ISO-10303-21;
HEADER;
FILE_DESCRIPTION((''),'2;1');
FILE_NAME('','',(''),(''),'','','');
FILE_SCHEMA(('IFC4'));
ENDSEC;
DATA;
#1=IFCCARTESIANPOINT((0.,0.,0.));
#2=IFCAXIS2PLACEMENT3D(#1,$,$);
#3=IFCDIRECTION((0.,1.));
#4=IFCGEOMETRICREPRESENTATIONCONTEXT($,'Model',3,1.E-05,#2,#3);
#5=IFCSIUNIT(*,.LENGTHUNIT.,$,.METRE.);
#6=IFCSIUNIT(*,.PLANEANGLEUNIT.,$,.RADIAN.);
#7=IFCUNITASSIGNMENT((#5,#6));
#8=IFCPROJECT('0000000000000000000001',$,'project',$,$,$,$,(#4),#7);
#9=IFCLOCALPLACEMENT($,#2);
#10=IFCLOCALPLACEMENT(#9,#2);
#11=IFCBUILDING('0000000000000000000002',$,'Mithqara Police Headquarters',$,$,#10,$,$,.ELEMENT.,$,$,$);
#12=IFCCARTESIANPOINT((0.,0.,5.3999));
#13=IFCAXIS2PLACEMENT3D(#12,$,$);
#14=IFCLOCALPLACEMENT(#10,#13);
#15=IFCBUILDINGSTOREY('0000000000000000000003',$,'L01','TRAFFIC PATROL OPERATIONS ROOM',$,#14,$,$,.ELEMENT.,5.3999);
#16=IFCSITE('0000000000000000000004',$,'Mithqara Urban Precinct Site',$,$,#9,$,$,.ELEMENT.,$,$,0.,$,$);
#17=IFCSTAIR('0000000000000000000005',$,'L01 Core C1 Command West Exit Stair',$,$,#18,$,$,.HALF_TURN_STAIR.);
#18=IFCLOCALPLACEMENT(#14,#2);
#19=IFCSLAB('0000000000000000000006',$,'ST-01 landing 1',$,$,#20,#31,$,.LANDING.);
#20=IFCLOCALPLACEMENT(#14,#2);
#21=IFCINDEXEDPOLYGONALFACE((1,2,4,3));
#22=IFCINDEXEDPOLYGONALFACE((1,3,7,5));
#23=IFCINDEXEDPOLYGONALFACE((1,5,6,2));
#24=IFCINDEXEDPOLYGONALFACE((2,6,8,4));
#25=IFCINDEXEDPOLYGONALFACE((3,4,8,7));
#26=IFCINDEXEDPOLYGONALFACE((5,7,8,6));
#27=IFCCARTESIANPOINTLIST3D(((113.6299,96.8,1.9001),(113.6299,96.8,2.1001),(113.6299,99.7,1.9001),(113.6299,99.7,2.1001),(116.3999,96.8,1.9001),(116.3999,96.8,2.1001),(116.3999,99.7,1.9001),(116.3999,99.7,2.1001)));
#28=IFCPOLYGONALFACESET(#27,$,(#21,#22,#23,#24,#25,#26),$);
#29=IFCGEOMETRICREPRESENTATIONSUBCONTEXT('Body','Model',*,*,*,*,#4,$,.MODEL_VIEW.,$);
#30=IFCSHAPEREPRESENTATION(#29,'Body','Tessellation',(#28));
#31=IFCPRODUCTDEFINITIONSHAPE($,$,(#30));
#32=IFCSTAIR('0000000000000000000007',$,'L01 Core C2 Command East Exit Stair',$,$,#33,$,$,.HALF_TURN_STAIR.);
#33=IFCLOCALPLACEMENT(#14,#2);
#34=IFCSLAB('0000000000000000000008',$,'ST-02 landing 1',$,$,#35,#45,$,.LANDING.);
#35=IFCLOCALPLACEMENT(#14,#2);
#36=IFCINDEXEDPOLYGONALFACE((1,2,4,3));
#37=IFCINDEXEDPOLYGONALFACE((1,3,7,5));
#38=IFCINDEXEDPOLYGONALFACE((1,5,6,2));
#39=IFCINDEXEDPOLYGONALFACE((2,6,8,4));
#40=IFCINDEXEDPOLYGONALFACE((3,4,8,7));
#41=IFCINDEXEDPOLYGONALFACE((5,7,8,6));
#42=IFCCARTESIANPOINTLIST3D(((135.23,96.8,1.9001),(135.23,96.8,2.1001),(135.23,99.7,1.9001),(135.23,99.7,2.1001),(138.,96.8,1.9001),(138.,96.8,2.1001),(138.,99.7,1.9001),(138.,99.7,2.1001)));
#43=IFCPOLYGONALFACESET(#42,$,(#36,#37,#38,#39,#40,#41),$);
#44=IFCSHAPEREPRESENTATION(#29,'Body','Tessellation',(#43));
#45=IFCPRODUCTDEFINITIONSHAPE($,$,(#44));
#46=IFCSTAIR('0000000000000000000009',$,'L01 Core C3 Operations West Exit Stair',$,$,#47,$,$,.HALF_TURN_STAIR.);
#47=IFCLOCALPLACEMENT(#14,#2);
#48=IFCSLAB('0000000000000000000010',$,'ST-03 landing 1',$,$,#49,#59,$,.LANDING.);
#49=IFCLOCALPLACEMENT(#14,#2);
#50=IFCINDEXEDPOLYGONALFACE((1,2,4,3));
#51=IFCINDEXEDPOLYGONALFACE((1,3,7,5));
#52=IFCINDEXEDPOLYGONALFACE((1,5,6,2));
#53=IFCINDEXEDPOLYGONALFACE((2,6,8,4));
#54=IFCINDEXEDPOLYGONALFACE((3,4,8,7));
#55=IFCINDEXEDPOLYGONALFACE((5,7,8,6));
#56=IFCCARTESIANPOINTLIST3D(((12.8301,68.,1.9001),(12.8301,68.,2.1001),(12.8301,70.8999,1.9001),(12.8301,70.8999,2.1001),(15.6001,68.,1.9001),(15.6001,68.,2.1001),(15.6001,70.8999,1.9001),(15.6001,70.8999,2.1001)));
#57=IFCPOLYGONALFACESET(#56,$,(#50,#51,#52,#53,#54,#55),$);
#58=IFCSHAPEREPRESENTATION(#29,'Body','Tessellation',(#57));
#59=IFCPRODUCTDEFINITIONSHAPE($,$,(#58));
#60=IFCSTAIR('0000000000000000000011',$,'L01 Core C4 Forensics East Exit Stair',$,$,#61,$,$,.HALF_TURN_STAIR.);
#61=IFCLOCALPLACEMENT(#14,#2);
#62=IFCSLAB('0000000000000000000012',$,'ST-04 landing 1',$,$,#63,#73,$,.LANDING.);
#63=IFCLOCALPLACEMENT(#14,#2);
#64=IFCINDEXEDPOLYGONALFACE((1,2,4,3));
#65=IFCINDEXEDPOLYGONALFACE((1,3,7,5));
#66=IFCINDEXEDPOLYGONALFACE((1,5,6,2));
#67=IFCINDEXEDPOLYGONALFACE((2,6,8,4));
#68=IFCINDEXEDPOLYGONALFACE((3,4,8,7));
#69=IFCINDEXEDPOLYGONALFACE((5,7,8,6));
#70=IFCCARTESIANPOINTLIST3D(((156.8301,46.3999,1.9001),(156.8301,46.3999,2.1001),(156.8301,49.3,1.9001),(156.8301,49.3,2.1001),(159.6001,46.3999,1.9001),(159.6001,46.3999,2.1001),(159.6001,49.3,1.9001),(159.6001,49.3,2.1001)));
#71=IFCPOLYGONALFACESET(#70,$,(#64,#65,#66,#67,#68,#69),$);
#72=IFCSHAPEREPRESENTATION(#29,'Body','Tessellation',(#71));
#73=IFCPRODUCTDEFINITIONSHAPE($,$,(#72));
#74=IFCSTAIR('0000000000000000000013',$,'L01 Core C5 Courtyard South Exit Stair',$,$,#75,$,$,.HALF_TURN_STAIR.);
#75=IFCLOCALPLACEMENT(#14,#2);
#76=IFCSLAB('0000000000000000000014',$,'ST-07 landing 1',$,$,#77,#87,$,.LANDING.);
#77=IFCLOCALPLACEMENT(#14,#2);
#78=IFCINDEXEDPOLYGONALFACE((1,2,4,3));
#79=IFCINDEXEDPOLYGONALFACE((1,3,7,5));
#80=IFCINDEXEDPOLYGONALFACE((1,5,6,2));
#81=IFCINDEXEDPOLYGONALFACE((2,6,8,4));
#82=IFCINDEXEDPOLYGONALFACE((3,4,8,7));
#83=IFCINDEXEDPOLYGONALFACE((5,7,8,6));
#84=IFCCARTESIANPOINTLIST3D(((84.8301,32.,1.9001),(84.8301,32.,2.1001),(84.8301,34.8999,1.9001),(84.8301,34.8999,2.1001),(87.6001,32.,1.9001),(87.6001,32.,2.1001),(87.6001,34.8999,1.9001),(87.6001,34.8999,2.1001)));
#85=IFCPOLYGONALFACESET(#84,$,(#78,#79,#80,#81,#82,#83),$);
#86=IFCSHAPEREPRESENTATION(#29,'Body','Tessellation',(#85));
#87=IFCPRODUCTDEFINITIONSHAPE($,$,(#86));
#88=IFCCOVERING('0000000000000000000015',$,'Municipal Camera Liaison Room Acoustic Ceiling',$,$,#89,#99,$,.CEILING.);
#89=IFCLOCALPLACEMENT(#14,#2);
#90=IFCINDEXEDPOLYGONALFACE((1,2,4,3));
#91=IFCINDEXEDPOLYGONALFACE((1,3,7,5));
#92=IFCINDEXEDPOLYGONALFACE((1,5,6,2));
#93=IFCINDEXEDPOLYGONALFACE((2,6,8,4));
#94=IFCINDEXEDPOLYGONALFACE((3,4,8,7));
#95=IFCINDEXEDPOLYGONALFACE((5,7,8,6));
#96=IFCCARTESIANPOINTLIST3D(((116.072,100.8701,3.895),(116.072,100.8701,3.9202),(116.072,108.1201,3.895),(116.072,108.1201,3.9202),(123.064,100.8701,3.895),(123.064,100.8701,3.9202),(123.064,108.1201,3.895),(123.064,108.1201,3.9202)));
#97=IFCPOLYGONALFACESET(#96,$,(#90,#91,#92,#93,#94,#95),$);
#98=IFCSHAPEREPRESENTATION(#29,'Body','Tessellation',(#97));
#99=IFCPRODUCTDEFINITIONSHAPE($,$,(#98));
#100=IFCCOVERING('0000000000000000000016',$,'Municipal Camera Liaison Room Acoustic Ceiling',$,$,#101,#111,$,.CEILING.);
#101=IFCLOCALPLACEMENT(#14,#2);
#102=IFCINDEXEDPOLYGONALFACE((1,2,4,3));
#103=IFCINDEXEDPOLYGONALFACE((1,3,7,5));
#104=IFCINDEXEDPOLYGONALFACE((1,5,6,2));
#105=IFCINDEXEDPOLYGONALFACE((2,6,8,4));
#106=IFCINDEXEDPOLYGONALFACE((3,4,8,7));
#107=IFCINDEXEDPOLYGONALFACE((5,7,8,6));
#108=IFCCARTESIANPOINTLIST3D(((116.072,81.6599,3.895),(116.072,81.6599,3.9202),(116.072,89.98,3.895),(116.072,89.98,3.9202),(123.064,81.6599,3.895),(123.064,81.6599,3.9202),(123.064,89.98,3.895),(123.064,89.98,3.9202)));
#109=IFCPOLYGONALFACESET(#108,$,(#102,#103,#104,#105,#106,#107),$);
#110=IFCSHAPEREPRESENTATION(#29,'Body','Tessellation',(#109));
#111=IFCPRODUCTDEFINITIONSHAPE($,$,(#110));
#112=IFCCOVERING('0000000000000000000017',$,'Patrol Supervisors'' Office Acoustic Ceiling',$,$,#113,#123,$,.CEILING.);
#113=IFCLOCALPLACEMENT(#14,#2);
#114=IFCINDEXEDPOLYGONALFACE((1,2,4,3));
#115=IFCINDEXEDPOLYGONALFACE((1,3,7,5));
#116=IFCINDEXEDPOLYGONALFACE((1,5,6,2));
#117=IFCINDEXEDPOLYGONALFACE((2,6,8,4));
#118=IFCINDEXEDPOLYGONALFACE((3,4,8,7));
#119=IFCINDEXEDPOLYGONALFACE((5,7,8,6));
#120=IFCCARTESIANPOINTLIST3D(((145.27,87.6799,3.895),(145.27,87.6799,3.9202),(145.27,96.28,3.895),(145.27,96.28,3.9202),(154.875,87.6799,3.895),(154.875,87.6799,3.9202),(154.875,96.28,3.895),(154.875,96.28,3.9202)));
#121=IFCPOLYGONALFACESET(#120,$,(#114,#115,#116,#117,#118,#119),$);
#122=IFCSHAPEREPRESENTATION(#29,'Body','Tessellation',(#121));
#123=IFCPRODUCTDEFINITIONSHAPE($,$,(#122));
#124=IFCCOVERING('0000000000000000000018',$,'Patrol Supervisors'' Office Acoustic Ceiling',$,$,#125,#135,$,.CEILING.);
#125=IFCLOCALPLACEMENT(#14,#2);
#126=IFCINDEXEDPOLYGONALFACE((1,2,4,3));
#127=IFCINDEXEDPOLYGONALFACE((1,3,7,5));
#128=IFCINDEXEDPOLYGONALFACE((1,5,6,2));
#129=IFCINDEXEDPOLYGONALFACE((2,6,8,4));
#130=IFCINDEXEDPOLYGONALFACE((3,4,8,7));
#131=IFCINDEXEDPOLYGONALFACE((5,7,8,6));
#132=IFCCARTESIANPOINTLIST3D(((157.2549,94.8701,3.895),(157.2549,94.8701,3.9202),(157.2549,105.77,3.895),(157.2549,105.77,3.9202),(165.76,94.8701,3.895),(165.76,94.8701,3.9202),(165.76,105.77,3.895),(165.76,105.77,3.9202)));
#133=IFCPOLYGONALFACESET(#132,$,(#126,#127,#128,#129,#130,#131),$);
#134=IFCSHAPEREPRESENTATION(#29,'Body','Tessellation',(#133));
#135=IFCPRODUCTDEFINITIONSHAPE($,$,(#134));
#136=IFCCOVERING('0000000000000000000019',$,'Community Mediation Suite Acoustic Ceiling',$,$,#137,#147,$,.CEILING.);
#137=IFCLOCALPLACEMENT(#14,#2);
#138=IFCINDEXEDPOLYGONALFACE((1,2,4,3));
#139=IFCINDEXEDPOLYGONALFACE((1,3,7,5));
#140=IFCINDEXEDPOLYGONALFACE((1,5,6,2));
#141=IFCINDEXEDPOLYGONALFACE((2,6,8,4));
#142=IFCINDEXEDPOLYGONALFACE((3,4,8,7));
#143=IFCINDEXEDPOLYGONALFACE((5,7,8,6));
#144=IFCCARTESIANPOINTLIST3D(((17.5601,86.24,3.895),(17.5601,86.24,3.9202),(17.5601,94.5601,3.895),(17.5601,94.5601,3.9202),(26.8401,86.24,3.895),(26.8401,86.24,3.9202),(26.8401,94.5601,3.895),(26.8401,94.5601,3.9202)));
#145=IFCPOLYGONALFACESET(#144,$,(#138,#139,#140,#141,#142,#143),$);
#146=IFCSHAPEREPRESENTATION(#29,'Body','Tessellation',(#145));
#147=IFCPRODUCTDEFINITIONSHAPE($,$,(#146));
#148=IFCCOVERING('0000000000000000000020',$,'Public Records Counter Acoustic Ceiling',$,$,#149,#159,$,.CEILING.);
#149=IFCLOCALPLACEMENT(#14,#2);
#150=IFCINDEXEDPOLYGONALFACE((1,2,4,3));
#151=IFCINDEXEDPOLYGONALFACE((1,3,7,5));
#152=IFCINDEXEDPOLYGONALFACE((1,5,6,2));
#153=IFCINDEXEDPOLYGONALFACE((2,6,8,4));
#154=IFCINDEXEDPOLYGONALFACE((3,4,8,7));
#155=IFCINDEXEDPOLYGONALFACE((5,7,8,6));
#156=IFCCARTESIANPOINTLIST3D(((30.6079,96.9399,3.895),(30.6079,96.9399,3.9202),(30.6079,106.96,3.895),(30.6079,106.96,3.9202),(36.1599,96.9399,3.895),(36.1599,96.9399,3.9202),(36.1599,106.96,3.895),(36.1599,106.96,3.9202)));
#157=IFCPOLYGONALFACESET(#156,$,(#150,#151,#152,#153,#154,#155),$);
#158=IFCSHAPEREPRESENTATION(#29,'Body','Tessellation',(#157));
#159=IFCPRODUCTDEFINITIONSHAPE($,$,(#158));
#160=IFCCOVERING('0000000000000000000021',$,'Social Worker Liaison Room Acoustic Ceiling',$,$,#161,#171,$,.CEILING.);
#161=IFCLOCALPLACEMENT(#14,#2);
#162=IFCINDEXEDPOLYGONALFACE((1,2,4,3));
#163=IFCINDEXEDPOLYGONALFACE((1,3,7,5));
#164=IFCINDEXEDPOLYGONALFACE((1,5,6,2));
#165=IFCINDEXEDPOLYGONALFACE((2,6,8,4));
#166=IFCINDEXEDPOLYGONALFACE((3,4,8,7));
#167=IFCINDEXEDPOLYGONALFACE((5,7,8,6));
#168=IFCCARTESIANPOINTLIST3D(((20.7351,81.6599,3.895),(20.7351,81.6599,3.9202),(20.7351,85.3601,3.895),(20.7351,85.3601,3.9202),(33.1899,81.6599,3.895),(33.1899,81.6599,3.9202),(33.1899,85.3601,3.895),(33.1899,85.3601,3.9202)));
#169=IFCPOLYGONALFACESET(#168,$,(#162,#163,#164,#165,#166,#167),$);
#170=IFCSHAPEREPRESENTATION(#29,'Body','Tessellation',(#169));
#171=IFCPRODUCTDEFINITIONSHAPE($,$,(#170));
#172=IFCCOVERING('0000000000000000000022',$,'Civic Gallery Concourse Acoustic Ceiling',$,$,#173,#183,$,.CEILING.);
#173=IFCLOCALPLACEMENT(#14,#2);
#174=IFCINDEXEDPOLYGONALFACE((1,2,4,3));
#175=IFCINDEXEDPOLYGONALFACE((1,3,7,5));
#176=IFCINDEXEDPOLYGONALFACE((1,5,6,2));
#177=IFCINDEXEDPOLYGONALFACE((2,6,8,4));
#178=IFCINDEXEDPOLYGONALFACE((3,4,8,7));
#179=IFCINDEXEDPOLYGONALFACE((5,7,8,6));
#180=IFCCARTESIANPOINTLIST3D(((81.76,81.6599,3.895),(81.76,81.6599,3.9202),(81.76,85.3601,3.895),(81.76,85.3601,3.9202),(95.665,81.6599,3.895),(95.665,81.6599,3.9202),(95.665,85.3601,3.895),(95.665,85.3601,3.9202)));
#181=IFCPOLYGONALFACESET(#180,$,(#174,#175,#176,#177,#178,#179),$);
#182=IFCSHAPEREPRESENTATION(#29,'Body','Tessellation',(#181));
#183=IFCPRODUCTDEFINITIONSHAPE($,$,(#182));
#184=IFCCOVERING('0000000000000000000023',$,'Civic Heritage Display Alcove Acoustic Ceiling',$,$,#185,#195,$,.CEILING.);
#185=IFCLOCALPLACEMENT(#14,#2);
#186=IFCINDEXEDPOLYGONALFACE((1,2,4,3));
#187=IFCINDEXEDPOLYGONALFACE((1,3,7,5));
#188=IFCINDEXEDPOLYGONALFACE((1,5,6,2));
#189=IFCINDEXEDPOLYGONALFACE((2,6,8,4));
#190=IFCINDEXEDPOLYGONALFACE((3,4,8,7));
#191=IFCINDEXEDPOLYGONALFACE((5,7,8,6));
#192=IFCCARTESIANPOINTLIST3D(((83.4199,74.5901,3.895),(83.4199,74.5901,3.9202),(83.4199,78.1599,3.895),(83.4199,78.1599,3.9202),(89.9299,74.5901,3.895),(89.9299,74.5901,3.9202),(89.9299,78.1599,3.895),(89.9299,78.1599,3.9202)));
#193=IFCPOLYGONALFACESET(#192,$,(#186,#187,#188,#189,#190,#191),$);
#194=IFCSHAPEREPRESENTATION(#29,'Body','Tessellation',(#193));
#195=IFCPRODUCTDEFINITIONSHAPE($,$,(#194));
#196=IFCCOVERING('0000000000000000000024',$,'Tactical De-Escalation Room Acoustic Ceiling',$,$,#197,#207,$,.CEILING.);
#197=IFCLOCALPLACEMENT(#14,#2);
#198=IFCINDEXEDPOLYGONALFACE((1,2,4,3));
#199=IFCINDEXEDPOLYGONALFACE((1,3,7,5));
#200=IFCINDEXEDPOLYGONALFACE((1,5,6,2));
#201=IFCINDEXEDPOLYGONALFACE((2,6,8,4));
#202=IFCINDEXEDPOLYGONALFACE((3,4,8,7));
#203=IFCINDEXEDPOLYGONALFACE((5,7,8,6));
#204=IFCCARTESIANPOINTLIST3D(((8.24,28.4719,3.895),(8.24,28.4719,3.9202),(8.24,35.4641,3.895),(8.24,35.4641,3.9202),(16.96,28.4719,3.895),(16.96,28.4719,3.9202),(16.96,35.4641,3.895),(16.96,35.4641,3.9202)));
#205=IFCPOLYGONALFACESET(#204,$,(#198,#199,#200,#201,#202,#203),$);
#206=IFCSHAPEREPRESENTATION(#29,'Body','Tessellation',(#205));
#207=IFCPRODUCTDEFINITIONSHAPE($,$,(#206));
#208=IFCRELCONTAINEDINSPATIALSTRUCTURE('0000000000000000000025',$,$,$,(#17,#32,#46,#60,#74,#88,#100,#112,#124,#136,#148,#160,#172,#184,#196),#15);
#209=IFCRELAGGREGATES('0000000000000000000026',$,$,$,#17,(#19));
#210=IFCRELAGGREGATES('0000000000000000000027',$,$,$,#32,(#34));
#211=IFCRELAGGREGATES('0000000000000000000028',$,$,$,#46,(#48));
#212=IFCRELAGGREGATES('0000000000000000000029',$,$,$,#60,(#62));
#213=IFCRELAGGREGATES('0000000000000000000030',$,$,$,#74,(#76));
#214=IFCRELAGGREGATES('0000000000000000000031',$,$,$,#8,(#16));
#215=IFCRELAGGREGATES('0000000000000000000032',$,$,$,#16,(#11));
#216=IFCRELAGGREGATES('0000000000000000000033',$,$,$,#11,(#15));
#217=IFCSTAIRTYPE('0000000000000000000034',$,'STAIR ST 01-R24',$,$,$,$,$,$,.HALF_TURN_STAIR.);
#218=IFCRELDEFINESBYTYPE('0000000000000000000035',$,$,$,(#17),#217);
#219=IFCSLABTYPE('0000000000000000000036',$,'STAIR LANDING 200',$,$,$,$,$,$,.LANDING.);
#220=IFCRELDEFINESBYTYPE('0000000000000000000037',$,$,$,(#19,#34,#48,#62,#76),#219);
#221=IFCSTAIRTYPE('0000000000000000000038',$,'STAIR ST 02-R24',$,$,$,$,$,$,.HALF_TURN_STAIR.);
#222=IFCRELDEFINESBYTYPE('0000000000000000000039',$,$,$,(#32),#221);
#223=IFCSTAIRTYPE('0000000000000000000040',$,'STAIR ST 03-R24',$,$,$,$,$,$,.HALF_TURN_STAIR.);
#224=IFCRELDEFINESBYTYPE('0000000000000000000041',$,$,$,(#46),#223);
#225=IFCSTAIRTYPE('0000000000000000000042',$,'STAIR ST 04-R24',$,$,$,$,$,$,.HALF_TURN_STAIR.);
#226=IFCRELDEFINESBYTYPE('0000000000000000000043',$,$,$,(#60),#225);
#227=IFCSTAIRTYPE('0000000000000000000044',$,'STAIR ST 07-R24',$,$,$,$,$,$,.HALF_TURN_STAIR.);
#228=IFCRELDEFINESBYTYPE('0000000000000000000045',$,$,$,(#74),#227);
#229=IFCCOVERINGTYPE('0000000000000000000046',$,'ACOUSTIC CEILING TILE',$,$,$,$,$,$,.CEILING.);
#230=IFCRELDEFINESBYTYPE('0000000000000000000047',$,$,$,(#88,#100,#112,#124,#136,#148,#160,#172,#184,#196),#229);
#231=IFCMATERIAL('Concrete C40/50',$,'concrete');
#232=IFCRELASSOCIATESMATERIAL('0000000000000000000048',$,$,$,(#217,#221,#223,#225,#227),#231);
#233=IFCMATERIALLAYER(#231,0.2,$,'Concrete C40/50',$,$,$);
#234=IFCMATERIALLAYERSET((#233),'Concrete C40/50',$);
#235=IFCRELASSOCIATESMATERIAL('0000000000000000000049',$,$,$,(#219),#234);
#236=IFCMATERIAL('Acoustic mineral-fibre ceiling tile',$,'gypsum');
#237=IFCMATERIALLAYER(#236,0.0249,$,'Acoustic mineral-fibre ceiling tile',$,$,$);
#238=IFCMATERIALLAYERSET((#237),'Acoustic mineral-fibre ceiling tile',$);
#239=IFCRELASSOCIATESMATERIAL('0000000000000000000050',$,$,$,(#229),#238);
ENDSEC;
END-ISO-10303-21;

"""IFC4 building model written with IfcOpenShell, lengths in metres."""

from ifc_helpers import new_model, si_unit, direction, frame, origin, place, context, subcontext, project, spatial, polyline, outline, extrude, material, layer, layer_set, type_object, element, aggregate, save


model = new_model("IFC4")

# Units and contexts
model_context = context("Model", 3, precision=1e-05, world=origin(), true_north=direction((0.0, 1.0)))
body_context = subcontext(model_context, "Body", "Model", "MODEL_VIEW")
ifc_project = project(units=[si_unit("LENGTHUNIT", "METRE"), si_unit("PLANEANGLEUNIT", "RADIAN")], contexts=[model_context])

# Site, building, storey
site_placement = place(None, origin())
site = spatial("IfcSite", under=ifc_project, at=site_placement, Name="Mithqara Urban Precinct Site", CompositionType="ELEMENT", RefElevation=0.0)
building_placement = place(site_placement, origin())
building = spatial("IfcBuilding", under=site, at=building_placement, Name="Mithqara Police Headquarters", CompositionType="ELEMENT")
storey_placement = place(building_placement, frame((0.0, 0.0, 5.3999)))
storey = spatial("IfcBuildingStorey", under=building, at=storey_placement, Name="L01", Description="TRAFFIC PATROL OPERATIONS ROOM", CompositionType="ELEMENT", Elevation=5.3999)

# Stairs, slabs
ifc_material_1 = material(Name="Concrete C40/50", Category="concrete")
stair_type_1 = type_object("IfcStairType", Name="STAIR ST 01-R24", PredefinedType="HALF_TURN_STAIR", material=ifc_material_1)
stair_1_placement = place(storey_placement, origin())
stair_1 = element("IfcStair", 1, at=stair_1_placement, inside=storey, type_object=stair_type_1, Name="L01 Core C1 Command West Exit Stair", PredefinedType="HALF_TURN_STAIR")
ifc_layer_1 = layer(ifc_material_1, 0.2, Name="Concrete C40/50")
ifc_layer_set_1 = layer_set([ifc_layer_1], Name="Concrete C40/50")
slab_type = type_object("IfcSlabType", Name="STAIR LANDING 200", PredefinedType="LANDING", material=ifc_layer_set_1)
slab_1_placement = place(storey_placement, frame((0.0, 0.0, 1.9001)))
slab_1 = element("IfcSlab", 2, at=slab_1_placement, type_object=slab_type, Name="ST-01 landing 1", PredefinedType="LANDING", context=body_context, shape_type="SweptSolid", body=[
    extrude(outline(polyline([(113.6299, 96.8), (116.3999, 96.8), (116.3999, 99.7), (113.6299, 99.7), (113.6299, 96.8)])), origin(), (0.0, 0.0, 1.0), 0.2),
])
aggregate(stair_1, [slab_1])
stair_type_2 = type_object("IfcStairType", Name="STAIR ST 02-R24", PredefinedType="HALF_TURN_STAIR", material=ifc_material_1)
stair_2_placement = place(storey_placement, origin())
stair_2 = element("IfcStair", 3, at=stair_2_placement, inside=storey, type_object=stair_type_2, Name="L01 Core C2 Command East Exit Stair", PredefinedType="HALF_TURN_STAIR")
slab_2_placement = place(storey_placement, frame((0.0, 0.0, 1.9001)))
slab_2 = element("IfcSlab", 4, at=slab_2_placement, type_object=slab_type, Name="ST-02 landing 1", PredefinedType="LANDING", context=body_context, shape_type="SweptSolid", body=[
    extrude(outline(polyline([(135.23, 96.8), (138.0, 96.8), (138.0, 99.7), (135.23, 99.7), (135.23, 96.8)])), origin(), (0.0, 0.0, 1.0), 0.2),
])
aggregate(stair_2, [slab_2])
stair_type_3 = type_object("IfcStairType", Name="STAIR ST 03-R24", PredefinedType="HALF_TURN_STAIR", material=ifc_material_1)
stair_3_placement = place(storey_placement, origin())
stair_3 = element("IfcStair", 5, at=stair_3_placement, inside=storey, type_object=stair_type_3, Name="L01 Core C3 Operations West Exit Stair", PredefinedType="HALF_TURN_STAIR")
slab_3_placement = place(storey_placement, frame((0.0, 0.0, 1.9001)))
slab_3 = element("IfcSlab", 6, at=slab_3_placement, type_object=slab_type, Name="ST-03 landing 1", PredefinedType="LANDING", context=body_context, shape_type="SweptSolid", body=[
    extrude(outline(polyline([(12.8301, 68.0), (15.6001, 68.0), (15.6001, 70.8999), (12.8301, 70.8999), (12.8301, 68.0)])), origin(), (0.0, 0.0, 1.0), 0.2),
])
aggregate(stair_3, [slab_3])
stair_type_4 = type_object("IfcStairType", Name="STAIR ST 04-R24", PredefinedType="HALF_TURN_STAIR", material=ifc_material_1)
stair_4_placement = place(storey_placement, origin())
stair_4 = element("IfcStair", 7, at=stair_4_placement, inside=storey, type_object=stair_type_4, Name="L01 Core C4 Forensics East Exit Stair", PredefinedType="HALF_TURN_STAIR")
slab_4_placement = place(storey_placement, frame((0.0, 0.0, 1.9001)))
slab_4 = element("IfcSlab", 8, at=slab_4_placement, type_object=slab_type, Name="ST-04 landing 1", PredefinedType="LANDING", context=body_context, shape_type="SweptSolid", body=[
    extrude(outline(polyline([(156.8301, 46.3999), (159.6001, 46.3999), (159.6001, 49.3), (156.8301, 49.3), (156.8301, 46.3999)])), origin(), (0.0, 0.0, 1.0), 0.2),
])
aggregate(stair_4, [slab_4])
stair_type_5 = type_object("IfcStairType", Name="STAIR ST 07-R24", PredefinedType="HALF_TURN_STAIR", material=ifc_material_1)
stair_5_placement = place(storey_placement, origin())
stair_5 = element("IfcStair", 9, at=stair_5_placement, inside=storey, type_object=stair_type_5, Name="L01 Core C5 Courtyard South Exit Stair", PredefinedType="HALF_TURN_STAIR")
slab_5_placement = place(storey_placement, frame((0.0, 0.0, 1.9001)))
slab_5 = element("IfcSlab", 10, at=slab_5_placement, type_object=slab_type, Name="ST-07 landing 1", PredefinedType="LANDING", context=body_context, shape_type="SweptSolid", body=[
    extrude(outline(polyline([(84.8301, 32.0), (87.6001, 32.0), (87.6001, 34.8999), (84.8301, 34.8999), (84.8301, 32.0)])), origin(), (0.0, 0.0, 1.0), 0.2),
])
aggregate(stair_5, [slab_5])

# Coverings
ifc_material_2 = material(Name="Acoustic mineral-fibre ceiling tile", Category="gypsum")
ifc_layer_2 = layer(ifc_material_2, 0.0249, Name="Acoustic mineral-fibre ceiling tile")
ifc_layer_set_2 = layer_set([ifc_layer_2], Name="Acoustic mineral-fibre ceiling tile")
covering_type_1 = type_object("IfcCoveringType", Name="ACOUSTIC CEILING TILE", PredefinedType="CEILING", material=ifc_layer_set_2)
covering_1_placement = place(storey_placement, frame((0.0, 0.0, 3.895)))
element("IfcCovering", 11, at=covering_1_placement, inside=storey, type_object=covering_type_1, Name="Municipal Camera Liaison Room Acoustic Ceiling", PredefinedType="CEILING", context=body_context, shape_type="SweptSolid", body=[
    extrude(outline(polyline([(116.072, 100.8701), (123.064, 100.8701), (123.064, 108.1201), (116.072, 108.1201), (116.072, 100.8701)])), origin(), (0.0, 0.0, 1.0), 0.0251),
])
covering_2_placement = place(storey_placement, frame((0.0, 0.0, 3.895)))
element("IfcCovering", 12, at=covering_2_placement, inside=storey, type_object=covering_type_1, Name="Municipal Camera Liaison Room Acoustic Ceiling", PredefinedType="CEILING", context=body_context, shape_type="SweptSolid", body=[
    extrude(outline(polyline([(116.072, 81.6599), (123.064, 81.6599), (123.064, 89.98), (116.072, 89.98), (116.072, 81.6599)])), origin(), (0.0, 0.0, 1.0), 0.0251),
])
covering_3_placement = place(storey_placement, frame((0.0, 0.0, 3.895)))
element("IfcCovering", 13, at=covering_3_placement, inside=storey, type_object=covering_type_1, Name="Patrol Supervisors' Office Acoustic Ceiling", PredefinedType="CEILING", context=body_context, shape_type="SweptSolid", body=[
    extrude(outline(polyline([(145.27, 87.6799), (154.875, 87.6799), (154.875, 96.28), (145.27, 96.28), (145.27, 87.6799)])), origin(), (0.0, 0.0, 1.0), 0.0251),
])
covering_4_placement = place(storey_placement, frame((0.0, 0.0, 3.895)))
element("IfcCovering", 14, at=covering_4_placement, inside=storey, type_object=covering_type_1, Name="Patrol Supervisors' Office Acoustic Ceiling", PredefinedType="CEILING", context=body_context, shape_type="SweptSolid", body=[
    extrude(outline(polyline([(157.2549, 94.8701), (165.76, 94.8701), (165.76, 105.77), (157.2549, 105.77), (157.2549, 94.8701)])), origin(), (0.0, 0.0, 1.0), 0.0251),
])
covering_5_placement = place(storey_placement, frame((0.0, 0.0, 3.895)))
element("IfcCovering", 15, at=covering_5_placement, inside=storey, type_object=covering_type_1, Name="Community Mediation Suite Acoustic Ceiling", PredefinedType="CEILING", context=body_context, shape_type="SweptSolid", body=[
    extrude(outline(polyline([(17.5601, 86.24), (26.8401, 86.24), (26.8401, 94.5601), (17.5601, 94.5601), (17.5601, 86.24)])), origin(), (0.0, 0.0, 1.0), 0.0251),
])
covering_6_placement = place(storey_placement, frame((0.0, 0.0, 3.895)))
element("IfcCovering", 16, at=covering_6_placement, inside=storey, type_object=covering_type_1, Name="Public Records Counter Acoustic Ceiling", PredefinedType="CEILING", context=body_context, shape_type="SweptSolid", body=[
    extrude(outline(polyline([(30.6079, 96.9399), (36.1599, 96.9399), (36.1599, 106.96), (30.6079, 106.96), (30.6079, 96.9399)])), origin(), (0.0, 0.0, 1.0), 0.0251),
])
covering_7_placement = place(storey_placement, frame((0.0, 0.0, 3.895)))
element("IfcCovering", 17, at=covering_7_placement, inside=storey, type_object=covering_type_1, Name="Social Worker Liaison Room Acoustic Ceiling", PredefinedType="CEILING", context=body_context, shape_type="SweptSolid", body=[
    extrude(outline(polyline([(20.7351, 81.6599), (33.1899, 81.6599), (33.1899, 85.3601), (20.7351, 85.3601), (20.7351, 81.6599)])), origin(), (0.0, 0.0, 1.0), 0.0251),
])
covering_8_placement = place(storey_placement, frame((0.0, 0.0, 3.895)))
element("IfcCovering", 18, at=covering_8_placement, inside=storey, type_object=covering_type_1, Name="Civic Gallery Concourse Acoustic Ceiling", PredefinedType="CEILING", context=body_context, shape_type="SweptSolid", body=[
    extrude(outline(polyline([(81.76, 81.6599), (95.665, 81.6599), (95.665, 85.3601), (81.76, 85.3601), (81.76, 81.6599)])), origin(), (0.0, 0.0, 1.0), 0.0251),
])
covering_9_placement = place(storey_placement, frame((0.0, 0.0, 3.895)))
element("IfcCovering", 19, at=covering_9_placement, inside=storey, type_object=covering_type_1, Name="Civic Heritage Display Alcove Acoustic Ceiling", PredefinedType="CEILING", context=body_context, shape_type="SweptSolid", body=[
    extrude(outline(polyline([(83.4199, 74.5901), (89.9299, 74.5901), (89.9299, 78.1599), (83.4199, 78.1599), (83.4199, 74.5901)])), origin(), (0.0, 0.0, 1.0), 0.0251),
])
covering_10_placement = place(storey_placement, frame((0.0, 0.0, 3.895)))
element("IfcCovering", 20, at=covering_10_placement, inside=storey, type_object=covering_type_1, Name="Tactical De-Escalation Room Acoustic Ceiling", PredefinedType="CEILING", context=body_context, shape_type="SweptSolid", body=[
    extrude(outline(polyline([(8.24, 28.4719), (16.96, 28.4719), (16.96, 35.4641), (8.24, 35.4641), (8.24, 28.4719)])), origin(), (0.0, 0.0, 1.0), 0.0251),
])

save(model, "model.ifc")
